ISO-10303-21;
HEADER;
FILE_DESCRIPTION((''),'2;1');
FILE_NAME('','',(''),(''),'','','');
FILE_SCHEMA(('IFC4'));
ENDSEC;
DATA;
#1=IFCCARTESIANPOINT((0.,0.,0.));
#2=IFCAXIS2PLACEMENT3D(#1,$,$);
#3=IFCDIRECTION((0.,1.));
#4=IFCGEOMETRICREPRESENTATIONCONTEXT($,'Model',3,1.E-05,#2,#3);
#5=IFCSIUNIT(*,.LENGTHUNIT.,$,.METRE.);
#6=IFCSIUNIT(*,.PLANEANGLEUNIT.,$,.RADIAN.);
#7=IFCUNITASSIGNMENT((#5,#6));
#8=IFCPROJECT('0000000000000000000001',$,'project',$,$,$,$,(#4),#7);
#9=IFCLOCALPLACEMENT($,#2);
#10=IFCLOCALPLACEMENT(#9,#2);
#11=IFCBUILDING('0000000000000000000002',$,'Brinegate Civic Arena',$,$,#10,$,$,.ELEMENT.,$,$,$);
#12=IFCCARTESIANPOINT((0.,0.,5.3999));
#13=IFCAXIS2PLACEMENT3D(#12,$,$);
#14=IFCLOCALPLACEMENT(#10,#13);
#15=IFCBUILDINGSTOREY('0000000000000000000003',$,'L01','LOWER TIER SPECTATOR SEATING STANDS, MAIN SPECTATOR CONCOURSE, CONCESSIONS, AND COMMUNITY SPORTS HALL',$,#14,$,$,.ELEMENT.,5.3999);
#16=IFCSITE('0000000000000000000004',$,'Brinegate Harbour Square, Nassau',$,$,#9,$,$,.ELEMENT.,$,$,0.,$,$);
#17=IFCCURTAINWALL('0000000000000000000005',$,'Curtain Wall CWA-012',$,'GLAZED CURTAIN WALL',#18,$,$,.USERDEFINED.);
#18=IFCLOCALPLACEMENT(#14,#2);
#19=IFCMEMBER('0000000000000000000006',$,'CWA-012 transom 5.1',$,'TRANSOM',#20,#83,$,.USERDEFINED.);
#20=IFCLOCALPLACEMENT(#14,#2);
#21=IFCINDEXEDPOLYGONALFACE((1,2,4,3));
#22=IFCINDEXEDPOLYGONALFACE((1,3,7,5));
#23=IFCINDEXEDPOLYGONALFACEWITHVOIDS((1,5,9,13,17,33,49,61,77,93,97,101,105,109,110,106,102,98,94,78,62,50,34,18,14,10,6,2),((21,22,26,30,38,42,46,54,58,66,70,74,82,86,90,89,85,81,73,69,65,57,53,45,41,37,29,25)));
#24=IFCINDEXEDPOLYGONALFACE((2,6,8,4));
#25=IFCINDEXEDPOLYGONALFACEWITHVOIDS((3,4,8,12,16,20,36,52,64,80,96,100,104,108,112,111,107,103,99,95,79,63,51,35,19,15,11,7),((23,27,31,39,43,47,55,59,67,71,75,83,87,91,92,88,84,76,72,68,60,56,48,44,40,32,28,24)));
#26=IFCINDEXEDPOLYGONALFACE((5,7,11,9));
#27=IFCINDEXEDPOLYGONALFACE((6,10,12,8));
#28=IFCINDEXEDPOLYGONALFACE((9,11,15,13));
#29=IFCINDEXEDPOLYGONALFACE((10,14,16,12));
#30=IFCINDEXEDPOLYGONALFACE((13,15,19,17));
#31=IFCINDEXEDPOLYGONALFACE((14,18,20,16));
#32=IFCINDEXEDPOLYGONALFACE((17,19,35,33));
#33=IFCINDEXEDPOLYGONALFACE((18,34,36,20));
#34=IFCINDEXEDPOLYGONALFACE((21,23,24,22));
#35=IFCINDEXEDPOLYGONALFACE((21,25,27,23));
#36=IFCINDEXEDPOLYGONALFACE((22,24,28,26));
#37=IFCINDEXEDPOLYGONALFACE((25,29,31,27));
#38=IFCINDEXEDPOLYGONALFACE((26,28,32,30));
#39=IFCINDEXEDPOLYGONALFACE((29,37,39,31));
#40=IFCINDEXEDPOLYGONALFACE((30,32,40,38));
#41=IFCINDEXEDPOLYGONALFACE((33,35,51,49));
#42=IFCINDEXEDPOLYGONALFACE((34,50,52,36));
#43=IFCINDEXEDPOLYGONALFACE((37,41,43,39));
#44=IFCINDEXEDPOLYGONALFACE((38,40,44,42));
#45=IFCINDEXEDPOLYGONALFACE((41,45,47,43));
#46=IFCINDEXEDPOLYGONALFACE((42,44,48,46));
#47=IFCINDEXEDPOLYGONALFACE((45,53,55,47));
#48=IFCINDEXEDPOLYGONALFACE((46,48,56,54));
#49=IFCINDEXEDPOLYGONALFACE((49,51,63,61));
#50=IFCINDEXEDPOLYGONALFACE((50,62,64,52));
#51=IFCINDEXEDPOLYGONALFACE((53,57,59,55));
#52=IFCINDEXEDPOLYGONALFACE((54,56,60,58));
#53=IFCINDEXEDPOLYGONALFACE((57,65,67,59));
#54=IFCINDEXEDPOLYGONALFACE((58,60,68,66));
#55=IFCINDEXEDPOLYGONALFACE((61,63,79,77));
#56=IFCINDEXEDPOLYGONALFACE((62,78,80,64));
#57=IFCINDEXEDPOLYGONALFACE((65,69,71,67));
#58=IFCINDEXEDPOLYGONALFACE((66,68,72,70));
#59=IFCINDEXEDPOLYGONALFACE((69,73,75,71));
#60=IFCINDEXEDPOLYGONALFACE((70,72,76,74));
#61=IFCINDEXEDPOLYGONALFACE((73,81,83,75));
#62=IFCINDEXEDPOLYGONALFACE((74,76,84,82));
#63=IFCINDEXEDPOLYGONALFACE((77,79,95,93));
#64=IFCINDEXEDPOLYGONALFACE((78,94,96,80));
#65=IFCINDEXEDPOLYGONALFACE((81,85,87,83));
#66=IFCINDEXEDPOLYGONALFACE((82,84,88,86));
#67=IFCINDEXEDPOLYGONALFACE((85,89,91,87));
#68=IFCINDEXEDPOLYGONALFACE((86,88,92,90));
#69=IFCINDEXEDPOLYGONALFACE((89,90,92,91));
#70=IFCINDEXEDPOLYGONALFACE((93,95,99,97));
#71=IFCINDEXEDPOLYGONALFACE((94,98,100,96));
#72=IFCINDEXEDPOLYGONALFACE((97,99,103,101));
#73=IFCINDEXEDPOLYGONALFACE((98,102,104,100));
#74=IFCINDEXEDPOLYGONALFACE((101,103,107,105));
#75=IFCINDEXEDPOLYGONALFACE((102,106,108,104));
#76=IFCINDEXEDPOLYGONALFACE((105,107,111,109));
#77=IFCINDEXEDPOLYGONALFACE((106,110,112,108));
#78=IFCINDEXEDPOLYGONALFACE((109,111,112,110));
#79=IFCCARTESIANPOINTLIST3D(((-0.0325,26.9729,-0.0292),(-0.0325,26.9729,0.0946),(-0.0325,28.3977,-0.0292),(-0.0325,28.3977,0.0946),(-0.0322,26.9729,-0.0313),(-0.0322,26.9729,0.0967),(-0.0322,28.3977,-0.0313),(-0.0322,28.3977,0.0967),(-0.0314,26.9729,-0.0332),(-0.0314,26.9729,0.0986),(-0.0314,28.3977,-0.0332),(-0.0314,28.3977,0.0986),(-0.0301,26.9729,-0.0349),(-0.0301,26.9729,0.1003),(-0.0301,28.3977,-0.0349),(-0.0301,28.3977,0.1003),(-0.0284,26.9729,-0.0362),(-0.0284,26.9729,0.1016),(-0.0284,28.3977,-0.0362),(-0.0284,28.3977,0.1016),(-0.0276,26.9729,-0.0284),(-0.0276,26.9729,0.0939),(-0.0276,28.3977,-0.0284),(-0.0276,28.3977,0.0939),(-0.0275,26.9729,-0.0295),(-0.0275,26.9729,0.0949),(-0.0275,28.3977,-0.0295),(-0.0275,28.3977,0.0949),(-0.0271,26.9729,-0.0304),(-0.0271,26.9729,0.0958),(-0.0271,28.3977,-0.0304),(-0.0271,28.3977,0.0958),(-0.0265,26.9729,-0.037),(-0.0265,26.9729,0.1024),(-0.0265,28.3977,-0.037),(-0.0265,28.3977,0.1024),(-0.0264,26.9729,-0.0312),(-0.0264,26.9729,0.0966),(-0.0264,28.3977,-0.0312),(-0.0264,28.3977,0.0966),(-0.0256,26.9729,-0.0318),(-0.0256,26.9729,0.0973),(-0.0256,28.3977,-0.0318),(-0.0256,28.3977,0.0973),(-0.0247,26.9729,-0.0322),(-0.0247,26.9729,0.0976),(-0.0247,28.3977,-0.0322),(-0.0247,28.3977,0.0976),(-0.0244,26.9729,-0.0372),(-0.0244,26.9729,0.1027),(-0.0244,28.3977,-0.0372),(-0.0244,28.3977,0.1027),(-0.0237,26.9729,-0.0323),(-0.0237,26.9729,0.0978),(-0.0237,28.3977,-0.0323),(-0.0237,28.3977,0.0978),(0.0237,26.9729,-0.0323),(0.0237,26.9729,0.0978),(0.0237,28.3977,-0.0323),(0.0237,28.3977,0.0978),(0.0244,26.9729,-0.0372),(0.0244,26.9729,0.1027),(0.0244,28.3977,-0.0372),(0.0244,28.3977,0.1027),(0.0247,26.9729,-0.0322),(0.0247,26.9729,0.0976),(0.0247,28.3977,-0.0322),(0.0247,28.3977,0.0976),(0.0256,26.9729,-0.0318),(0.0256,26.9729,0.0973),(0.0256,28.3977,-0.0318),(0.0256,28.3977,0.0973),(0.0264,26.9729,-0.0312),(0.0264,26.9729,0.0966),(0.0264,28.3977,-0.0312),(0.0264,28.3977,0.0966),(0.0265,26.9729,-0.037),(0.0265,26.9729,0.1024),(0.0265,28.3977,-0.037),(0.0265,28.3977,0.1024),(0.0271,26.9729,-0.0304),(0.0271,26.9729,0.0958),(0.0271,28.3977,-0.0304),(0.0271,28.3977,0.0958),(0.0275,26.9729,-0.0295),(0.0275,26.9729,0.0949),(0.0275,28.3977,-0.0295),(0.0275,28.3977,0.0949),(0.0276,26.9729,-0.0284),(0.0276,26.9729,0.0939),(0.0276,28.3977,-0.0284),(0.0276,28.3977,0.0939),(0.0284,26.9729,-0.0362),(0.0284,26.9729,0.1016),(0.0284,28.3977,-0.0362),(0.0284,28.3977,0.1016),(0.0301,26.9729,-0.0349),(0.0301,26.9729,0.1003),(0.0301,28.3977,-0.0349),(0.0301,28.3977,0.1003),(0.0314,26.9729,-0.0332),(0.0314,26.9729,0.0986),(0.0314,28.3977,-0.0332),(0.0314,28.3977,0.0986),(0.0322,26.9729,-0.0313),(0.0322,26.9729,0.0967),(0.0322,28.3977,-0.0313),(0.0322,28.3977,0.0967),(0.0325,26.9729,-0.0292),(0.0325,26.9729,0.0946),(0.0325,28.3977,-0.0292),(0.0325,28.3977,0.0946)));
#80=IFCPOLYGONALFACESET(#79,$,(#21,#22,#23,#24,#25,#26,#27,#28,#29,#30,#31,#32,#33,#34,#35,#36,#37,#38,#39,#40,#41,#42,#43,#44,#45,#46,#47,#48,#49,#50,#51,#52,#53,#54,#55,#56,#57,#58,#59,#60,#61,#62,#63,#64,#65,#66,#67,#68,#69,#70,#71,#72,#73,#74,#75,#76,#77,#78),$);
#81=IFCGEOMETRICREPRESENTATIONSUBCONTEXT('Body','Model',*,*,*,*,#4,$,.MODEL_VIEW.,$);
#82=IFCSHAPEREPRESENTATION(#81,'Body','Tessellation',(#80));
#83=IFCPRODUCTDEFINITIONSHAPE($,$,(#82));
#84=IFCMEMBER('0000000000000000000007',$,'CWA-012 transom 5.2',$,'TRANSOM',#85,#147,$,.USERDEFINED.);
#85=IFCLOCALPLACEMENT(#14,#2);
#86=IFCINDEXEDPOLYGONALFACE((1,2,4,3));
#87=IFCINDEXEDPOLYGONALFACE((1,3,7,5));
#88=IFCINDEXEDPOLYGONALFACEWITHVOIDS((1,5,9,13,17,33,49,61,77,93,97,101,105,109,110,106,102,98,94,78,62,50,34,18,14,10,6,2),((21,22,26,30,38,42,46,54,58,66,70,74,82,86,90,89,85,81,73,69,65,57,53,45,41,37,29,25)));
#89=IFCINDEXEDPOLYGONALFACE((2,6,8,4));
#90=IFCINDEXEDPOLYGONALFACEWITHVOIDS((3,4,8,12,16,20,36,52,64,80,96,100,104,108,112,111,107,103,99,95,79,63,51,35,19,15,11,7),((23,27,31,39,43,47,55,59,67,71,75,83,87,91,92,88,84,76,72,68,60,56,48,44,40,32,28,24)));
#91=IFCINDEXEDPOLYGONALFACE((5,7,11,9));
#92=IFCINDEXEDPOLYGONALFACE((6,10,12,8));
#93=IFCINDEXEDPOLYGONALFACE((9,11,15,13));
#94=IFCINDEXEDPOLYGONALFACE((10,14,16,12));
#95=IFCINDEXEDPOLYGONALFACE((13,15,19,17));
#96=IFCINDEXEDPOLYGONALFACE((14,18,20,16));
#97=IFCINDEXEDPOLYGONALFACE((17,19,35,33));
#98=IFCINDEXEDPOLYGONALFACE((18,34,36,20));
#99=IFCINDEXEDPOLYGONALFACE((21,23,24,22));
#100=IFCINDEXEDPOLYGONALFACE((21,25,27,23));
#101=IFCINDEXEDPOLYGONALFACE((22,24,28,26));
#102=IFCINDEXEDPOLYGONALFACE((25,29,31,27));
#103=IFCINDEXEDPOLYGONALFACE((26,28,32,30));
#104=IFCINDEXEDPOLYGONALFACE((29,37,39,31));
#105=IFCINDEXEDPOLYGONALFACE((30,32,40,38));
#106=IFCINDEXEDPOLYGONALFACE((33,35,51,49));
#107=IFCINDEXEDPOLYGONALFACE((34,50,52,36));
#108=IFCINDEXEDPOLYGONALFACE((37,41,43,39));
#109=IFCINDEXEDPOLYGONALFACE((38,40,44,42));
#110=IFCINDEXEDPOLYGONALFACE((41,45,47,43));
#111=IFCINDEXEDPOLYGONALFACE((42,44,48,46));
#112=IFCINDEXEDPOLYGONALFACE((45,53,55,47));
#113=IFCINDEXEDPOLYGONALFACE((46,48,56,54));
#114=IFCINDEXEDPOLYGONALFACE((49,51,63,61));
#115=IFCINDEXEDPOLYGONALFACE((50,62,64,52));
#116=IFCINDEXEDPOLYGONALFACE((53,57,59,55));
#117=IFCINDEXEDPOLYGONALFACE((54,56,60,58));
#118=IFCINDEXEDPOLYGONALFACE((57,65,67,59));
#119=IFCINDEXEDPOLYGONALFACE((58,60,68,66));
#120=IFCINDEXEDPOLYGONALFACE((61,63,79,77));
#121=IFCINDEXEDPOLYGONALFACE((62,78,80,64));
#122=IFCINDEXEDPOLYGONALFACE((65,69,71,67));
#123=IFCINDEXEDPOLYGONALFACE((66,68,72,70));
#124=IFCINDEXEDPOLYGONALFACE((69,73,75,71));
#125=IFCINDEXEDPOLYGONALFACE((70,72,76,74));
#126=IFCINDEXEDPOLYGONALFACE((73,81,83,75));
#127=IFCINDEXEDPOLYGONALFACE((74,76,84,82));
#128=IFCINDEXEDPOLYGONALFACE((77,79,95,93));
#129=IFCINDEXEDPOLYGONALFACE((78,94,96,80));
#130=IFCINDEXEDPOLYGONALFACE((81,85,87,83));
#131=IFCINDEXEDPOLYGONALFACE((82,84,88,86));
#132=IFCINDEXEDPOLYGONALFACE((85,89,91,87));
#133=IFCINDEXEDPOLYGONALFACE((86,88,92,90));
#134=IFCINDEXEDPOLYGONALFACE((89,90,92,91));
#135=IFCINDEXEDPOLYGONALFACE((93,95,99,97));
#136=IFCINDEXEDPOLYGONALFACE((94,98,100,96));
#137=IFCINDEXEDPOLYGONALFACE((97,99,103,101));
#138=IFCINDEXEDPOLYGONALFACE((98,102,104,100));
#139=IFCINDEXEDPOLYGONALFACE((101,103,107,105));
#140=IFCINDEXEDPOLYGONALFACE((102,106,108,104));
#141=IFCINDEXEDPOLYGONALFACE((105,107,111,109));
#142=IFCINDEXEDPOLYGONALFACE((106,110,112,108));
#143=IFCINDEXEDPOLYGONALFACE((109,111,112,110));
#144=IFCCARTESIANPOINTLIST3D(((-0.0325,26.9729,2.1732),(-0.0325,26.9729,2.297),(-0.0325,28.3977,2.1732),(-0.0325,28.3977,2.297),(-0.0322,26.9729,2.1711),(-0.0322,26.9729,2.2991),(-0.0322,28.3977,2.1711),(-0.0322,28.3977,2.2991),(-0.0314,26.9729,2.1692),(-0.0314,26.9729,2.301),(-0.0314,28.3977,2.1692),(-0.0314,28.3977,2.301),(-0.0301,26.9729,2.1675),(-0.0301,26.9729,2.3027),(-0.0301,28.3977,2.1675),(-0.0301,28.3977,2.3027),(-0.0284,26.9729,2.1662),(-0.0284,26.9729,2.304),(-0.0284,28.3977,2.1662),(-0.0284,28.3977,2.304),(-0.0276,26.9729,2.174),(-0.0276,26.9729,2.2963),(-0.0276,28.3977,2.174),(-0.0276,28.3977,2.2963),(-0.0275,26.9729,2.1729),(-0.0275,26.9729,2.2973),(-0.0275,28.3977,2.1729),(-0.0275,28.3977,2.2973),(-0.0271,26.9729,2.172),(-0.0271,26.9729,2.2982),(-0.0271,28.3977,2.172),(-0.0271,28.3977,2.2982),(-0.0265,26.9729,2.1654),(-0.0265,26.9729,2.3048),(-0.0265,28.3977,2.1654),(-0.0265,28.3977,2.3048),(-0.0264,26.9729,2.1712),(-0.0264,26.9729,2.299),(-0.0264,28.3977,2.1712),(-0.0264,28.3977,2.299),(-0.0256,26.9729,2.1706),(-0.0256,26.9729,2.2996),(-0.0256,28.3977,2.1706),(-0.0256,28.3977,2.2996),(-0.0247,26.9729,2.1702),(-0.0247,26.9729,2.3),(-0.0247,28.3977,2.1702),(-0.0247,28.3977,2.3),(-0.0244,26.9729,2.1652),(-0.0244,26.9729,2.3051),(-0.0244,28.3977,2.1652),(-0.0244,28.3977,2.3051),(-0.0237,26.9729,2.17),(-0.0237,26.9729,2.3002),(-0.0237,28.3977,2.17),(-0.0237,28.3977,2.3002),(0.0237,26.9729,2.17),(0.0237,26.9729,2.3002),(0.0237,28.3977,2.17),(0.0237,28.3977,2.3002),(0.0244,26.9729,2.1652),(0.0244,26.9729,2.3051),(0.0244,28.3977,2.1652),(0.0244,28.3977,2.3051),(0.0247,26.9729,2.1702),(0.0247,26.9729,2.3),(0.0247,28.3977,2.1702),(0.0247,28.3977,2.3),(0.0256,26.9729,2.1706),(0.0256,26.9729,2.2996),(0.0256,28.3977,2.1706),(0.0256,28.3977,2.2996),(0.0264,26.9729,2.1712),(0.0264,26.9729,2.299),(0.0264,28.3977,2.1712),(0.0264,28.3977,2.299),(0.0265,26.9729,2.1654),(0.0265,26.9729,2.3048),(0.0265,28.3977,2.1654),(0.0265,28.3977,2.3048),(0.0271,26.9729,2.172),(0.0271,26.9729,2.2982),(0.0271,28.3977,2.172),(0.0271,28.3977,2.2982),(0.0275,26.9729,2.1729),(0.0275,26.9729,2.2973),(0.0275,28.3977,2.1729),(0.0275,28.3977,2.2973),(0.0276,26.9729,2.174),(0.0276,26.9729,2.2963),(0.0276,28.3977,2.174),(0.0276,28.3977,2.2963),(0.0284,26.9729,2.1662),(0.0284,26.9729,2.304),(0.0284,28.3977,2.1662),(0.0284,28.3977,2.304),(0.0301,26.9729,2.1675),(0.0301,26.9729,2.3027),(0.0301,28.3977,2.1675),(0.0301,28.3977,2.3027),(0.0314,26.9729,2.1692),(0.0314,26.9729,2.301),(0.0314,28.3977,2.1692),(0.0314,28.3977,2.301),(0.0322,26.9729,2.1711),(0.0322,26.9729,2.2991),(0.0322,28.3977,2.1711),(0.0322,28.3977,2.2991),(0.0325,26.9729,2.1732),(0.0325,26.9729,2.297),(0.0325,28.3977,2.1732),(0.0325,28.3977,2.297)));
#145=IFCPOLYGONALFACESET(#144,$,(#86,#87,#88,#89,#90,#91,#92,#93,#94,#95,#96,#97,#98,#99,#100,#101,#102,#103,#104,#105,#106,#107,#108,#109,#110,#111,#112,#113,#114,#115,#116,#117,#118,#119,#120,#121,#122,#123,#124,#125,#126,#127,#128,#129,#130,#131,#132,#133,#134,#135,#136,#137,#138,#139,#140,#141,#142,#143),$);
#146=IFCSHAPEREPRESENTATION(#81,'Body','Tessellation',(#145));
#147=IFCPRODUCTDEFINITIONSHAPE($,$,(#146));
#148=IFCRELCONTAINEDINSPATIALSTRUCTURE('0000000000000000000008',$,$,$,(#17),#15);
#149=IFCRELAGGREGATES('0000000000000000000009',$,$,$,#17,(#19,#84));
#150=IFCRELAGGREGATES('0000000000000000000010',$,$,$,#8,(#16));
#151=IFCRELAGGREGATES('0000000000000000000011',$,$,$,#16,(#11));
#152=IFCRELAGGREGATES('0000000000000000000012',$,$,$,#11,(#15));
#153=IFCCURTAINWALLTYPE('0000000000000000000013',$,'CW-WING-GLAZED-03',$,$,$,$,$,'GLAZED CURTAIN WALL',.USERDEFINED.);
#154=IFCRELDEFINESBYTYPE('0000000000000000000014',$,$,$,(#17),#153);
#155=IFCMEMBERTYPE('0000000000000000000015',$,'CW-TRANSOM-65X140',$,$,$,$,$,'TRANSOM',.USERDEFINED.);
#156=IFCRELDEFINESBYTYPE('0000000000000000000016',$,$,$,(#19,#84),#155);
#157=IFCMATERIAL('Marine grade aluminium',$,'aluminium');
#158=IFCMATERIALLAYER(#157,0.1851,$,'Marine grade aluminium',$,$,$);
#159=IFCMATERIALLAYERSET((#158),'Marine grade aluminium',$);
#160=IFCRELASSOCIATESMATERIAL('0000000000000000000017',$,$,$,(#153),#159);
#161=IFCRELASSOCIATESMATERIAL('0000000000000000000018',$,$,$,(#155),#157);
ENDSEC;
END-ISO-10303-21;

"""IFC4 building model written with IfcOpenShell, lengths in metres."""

from ifc_helpers import new_model, si_unit, direction, frame, origin, origin_2d, place, context, subcontext, project, spatial, hollow_rectangle, extrude, material, layer, layer_set, material_profile, profile_set, type_object, element, aggregate, save


model = new_model("IFC4")

# Units and contexts
model_context = context("Model", 3, precision=1e-05, world=origin(), true_north=direction((0.0, 1.0)))
body_context = subcontext(model_context, "Body", "Model", "MODEL_VIEW")
ifc_project = project(units=[si_unit("LENGTHUNIT", "METRE"), si_unit("PLANEANGLEUNIT", "RADIAN")], contexts=[model_context])

# Site, building, storey
site_placement = place(None, origin())
site = spatial("IfcSite", under=ifc_project, at=site_placement, Name="Brinegate Harbour Square, Nassau", CompositionType="ELEMENT", RefElevation=0.0)
building_placement = place(site_placement, origin())
building = spatial("IfcBuilding", under=site, at=building_placement, Name="Brinegate Civic Arena", CompositionType="ELEMENT")
storey_placement = place(building_placement, frame((0.0, 0.0, 5.3999)))
storey = spatial("IfcBuildingStorey", under=building, at=storey_placement, Name="L01", Description="LOWER TIER SPECTATOR SEATING STANDS, MAIN SPECTATOR CONCOURSE, CONCESSIONS, AND COMMUNITY SPORTS HALL", CompositionType="ELEMENT", Elevation=5.3999)

# Curtain wall
ifc_material_1 = material(Name="Marine grade aluminium", Category="aluminium")
ifc_layer_1 = layer(ifc_material_1, 0.1851, Name="Marine grade aluminium")
ifc_layer_set_1 = layer_set([ifc_layer_1], Name="Marine grade aluminium")
curtain_wall_type = type_object("IfcCurtainWallType", Name="CW-WING-GLAZED-03", ElementType="GLAZED CURTAIN WALL", PredefinedType="USERDEFINED", material=ifc_layer_set_1)
curtain_wall_1_placement = place(storey_placement, origin())
curtain_wall_1 = element("IfcCurtainWall", 1, at=curtain_wall_1_placement, inside=storey, type_object=curtain_wall_type, Name="Curtain Wall CWA-012", ObjectType="GLAZED CURTAIN WALL", PredefinedType="USERDEFINED")

# Members
ifc_material_profile_1 = material_profile(ifc_material_1, hollow_rectangle(XDim=0.0649, YDim=0.1399, WallThickness=0.0049, InnerFilletRadius=0.0039, OuterFilletRadius=0.0081, at=origin_2d()), Name="TRN65X140")
ifc_profile_set_1 = profile_set([ifc_material_profile_1], Name="Marine grade aluminium")
member_type_1 = type_object("IfcMemberType", Name="CW-TRANSOM-65X140", ElementType="TRANSOM", PredefinedType="USERDEFINED", material=ifc_profile_set_1)
member_1_placement = place(storey_placement, frame((0.0, 26.9729, 0.0327), z_axis=(0.0, 1.0, 0.0), x_axis=(-1.0, 0.0, 0.0)))
member_1 = element("IfcMember", 2, at=member_1_placement, type_object=member_type_1, Name="CWA-012 transom 5.1", ObjectType="TRANSOM", PredefinedType="USERDEFINED", context=body_context, shape_type="SweptSolid", body=[
    extrude(hollow_rectangle(XDim=0.0649, YDim=0.1399, WallThickness=0.0049, InnerFilletRadius=0.0039, OuterFilletRadius=0.0081, at=origin_2d()), origin(), (0.0, 0.0, 1.0), 1.4248),
])
member_2_placement = place(storey_placement, frame((0.0, 26.9729, 2.2351), z_axis=(0.0, 1.0, 0.0), x_axis=(-1.0, 0.0, 0.0)))
member_2 = element("IfcMember", 3, at=member_2_placement, type_object=member_type_1, Name="CWA-012 transom 5.2", ObjectType="TRANSOM", PredefinedType="USERDEFINED", context=body_context, shape_type="SweptSolid", body=[
    extrude(hollow_rectangle(XDim=0.0649, YDim=0.1399, WallThickness=0.0049, InnerFilletRadius=0.0039, OuterFilletRadius=0.0081, at=origin_2d()), origin(), (0.0, 0.0, 1.0), 1.4248),
])

aggregate(curtain_wall_1, [member_1, member_2])

save(model, "model.ifc")
